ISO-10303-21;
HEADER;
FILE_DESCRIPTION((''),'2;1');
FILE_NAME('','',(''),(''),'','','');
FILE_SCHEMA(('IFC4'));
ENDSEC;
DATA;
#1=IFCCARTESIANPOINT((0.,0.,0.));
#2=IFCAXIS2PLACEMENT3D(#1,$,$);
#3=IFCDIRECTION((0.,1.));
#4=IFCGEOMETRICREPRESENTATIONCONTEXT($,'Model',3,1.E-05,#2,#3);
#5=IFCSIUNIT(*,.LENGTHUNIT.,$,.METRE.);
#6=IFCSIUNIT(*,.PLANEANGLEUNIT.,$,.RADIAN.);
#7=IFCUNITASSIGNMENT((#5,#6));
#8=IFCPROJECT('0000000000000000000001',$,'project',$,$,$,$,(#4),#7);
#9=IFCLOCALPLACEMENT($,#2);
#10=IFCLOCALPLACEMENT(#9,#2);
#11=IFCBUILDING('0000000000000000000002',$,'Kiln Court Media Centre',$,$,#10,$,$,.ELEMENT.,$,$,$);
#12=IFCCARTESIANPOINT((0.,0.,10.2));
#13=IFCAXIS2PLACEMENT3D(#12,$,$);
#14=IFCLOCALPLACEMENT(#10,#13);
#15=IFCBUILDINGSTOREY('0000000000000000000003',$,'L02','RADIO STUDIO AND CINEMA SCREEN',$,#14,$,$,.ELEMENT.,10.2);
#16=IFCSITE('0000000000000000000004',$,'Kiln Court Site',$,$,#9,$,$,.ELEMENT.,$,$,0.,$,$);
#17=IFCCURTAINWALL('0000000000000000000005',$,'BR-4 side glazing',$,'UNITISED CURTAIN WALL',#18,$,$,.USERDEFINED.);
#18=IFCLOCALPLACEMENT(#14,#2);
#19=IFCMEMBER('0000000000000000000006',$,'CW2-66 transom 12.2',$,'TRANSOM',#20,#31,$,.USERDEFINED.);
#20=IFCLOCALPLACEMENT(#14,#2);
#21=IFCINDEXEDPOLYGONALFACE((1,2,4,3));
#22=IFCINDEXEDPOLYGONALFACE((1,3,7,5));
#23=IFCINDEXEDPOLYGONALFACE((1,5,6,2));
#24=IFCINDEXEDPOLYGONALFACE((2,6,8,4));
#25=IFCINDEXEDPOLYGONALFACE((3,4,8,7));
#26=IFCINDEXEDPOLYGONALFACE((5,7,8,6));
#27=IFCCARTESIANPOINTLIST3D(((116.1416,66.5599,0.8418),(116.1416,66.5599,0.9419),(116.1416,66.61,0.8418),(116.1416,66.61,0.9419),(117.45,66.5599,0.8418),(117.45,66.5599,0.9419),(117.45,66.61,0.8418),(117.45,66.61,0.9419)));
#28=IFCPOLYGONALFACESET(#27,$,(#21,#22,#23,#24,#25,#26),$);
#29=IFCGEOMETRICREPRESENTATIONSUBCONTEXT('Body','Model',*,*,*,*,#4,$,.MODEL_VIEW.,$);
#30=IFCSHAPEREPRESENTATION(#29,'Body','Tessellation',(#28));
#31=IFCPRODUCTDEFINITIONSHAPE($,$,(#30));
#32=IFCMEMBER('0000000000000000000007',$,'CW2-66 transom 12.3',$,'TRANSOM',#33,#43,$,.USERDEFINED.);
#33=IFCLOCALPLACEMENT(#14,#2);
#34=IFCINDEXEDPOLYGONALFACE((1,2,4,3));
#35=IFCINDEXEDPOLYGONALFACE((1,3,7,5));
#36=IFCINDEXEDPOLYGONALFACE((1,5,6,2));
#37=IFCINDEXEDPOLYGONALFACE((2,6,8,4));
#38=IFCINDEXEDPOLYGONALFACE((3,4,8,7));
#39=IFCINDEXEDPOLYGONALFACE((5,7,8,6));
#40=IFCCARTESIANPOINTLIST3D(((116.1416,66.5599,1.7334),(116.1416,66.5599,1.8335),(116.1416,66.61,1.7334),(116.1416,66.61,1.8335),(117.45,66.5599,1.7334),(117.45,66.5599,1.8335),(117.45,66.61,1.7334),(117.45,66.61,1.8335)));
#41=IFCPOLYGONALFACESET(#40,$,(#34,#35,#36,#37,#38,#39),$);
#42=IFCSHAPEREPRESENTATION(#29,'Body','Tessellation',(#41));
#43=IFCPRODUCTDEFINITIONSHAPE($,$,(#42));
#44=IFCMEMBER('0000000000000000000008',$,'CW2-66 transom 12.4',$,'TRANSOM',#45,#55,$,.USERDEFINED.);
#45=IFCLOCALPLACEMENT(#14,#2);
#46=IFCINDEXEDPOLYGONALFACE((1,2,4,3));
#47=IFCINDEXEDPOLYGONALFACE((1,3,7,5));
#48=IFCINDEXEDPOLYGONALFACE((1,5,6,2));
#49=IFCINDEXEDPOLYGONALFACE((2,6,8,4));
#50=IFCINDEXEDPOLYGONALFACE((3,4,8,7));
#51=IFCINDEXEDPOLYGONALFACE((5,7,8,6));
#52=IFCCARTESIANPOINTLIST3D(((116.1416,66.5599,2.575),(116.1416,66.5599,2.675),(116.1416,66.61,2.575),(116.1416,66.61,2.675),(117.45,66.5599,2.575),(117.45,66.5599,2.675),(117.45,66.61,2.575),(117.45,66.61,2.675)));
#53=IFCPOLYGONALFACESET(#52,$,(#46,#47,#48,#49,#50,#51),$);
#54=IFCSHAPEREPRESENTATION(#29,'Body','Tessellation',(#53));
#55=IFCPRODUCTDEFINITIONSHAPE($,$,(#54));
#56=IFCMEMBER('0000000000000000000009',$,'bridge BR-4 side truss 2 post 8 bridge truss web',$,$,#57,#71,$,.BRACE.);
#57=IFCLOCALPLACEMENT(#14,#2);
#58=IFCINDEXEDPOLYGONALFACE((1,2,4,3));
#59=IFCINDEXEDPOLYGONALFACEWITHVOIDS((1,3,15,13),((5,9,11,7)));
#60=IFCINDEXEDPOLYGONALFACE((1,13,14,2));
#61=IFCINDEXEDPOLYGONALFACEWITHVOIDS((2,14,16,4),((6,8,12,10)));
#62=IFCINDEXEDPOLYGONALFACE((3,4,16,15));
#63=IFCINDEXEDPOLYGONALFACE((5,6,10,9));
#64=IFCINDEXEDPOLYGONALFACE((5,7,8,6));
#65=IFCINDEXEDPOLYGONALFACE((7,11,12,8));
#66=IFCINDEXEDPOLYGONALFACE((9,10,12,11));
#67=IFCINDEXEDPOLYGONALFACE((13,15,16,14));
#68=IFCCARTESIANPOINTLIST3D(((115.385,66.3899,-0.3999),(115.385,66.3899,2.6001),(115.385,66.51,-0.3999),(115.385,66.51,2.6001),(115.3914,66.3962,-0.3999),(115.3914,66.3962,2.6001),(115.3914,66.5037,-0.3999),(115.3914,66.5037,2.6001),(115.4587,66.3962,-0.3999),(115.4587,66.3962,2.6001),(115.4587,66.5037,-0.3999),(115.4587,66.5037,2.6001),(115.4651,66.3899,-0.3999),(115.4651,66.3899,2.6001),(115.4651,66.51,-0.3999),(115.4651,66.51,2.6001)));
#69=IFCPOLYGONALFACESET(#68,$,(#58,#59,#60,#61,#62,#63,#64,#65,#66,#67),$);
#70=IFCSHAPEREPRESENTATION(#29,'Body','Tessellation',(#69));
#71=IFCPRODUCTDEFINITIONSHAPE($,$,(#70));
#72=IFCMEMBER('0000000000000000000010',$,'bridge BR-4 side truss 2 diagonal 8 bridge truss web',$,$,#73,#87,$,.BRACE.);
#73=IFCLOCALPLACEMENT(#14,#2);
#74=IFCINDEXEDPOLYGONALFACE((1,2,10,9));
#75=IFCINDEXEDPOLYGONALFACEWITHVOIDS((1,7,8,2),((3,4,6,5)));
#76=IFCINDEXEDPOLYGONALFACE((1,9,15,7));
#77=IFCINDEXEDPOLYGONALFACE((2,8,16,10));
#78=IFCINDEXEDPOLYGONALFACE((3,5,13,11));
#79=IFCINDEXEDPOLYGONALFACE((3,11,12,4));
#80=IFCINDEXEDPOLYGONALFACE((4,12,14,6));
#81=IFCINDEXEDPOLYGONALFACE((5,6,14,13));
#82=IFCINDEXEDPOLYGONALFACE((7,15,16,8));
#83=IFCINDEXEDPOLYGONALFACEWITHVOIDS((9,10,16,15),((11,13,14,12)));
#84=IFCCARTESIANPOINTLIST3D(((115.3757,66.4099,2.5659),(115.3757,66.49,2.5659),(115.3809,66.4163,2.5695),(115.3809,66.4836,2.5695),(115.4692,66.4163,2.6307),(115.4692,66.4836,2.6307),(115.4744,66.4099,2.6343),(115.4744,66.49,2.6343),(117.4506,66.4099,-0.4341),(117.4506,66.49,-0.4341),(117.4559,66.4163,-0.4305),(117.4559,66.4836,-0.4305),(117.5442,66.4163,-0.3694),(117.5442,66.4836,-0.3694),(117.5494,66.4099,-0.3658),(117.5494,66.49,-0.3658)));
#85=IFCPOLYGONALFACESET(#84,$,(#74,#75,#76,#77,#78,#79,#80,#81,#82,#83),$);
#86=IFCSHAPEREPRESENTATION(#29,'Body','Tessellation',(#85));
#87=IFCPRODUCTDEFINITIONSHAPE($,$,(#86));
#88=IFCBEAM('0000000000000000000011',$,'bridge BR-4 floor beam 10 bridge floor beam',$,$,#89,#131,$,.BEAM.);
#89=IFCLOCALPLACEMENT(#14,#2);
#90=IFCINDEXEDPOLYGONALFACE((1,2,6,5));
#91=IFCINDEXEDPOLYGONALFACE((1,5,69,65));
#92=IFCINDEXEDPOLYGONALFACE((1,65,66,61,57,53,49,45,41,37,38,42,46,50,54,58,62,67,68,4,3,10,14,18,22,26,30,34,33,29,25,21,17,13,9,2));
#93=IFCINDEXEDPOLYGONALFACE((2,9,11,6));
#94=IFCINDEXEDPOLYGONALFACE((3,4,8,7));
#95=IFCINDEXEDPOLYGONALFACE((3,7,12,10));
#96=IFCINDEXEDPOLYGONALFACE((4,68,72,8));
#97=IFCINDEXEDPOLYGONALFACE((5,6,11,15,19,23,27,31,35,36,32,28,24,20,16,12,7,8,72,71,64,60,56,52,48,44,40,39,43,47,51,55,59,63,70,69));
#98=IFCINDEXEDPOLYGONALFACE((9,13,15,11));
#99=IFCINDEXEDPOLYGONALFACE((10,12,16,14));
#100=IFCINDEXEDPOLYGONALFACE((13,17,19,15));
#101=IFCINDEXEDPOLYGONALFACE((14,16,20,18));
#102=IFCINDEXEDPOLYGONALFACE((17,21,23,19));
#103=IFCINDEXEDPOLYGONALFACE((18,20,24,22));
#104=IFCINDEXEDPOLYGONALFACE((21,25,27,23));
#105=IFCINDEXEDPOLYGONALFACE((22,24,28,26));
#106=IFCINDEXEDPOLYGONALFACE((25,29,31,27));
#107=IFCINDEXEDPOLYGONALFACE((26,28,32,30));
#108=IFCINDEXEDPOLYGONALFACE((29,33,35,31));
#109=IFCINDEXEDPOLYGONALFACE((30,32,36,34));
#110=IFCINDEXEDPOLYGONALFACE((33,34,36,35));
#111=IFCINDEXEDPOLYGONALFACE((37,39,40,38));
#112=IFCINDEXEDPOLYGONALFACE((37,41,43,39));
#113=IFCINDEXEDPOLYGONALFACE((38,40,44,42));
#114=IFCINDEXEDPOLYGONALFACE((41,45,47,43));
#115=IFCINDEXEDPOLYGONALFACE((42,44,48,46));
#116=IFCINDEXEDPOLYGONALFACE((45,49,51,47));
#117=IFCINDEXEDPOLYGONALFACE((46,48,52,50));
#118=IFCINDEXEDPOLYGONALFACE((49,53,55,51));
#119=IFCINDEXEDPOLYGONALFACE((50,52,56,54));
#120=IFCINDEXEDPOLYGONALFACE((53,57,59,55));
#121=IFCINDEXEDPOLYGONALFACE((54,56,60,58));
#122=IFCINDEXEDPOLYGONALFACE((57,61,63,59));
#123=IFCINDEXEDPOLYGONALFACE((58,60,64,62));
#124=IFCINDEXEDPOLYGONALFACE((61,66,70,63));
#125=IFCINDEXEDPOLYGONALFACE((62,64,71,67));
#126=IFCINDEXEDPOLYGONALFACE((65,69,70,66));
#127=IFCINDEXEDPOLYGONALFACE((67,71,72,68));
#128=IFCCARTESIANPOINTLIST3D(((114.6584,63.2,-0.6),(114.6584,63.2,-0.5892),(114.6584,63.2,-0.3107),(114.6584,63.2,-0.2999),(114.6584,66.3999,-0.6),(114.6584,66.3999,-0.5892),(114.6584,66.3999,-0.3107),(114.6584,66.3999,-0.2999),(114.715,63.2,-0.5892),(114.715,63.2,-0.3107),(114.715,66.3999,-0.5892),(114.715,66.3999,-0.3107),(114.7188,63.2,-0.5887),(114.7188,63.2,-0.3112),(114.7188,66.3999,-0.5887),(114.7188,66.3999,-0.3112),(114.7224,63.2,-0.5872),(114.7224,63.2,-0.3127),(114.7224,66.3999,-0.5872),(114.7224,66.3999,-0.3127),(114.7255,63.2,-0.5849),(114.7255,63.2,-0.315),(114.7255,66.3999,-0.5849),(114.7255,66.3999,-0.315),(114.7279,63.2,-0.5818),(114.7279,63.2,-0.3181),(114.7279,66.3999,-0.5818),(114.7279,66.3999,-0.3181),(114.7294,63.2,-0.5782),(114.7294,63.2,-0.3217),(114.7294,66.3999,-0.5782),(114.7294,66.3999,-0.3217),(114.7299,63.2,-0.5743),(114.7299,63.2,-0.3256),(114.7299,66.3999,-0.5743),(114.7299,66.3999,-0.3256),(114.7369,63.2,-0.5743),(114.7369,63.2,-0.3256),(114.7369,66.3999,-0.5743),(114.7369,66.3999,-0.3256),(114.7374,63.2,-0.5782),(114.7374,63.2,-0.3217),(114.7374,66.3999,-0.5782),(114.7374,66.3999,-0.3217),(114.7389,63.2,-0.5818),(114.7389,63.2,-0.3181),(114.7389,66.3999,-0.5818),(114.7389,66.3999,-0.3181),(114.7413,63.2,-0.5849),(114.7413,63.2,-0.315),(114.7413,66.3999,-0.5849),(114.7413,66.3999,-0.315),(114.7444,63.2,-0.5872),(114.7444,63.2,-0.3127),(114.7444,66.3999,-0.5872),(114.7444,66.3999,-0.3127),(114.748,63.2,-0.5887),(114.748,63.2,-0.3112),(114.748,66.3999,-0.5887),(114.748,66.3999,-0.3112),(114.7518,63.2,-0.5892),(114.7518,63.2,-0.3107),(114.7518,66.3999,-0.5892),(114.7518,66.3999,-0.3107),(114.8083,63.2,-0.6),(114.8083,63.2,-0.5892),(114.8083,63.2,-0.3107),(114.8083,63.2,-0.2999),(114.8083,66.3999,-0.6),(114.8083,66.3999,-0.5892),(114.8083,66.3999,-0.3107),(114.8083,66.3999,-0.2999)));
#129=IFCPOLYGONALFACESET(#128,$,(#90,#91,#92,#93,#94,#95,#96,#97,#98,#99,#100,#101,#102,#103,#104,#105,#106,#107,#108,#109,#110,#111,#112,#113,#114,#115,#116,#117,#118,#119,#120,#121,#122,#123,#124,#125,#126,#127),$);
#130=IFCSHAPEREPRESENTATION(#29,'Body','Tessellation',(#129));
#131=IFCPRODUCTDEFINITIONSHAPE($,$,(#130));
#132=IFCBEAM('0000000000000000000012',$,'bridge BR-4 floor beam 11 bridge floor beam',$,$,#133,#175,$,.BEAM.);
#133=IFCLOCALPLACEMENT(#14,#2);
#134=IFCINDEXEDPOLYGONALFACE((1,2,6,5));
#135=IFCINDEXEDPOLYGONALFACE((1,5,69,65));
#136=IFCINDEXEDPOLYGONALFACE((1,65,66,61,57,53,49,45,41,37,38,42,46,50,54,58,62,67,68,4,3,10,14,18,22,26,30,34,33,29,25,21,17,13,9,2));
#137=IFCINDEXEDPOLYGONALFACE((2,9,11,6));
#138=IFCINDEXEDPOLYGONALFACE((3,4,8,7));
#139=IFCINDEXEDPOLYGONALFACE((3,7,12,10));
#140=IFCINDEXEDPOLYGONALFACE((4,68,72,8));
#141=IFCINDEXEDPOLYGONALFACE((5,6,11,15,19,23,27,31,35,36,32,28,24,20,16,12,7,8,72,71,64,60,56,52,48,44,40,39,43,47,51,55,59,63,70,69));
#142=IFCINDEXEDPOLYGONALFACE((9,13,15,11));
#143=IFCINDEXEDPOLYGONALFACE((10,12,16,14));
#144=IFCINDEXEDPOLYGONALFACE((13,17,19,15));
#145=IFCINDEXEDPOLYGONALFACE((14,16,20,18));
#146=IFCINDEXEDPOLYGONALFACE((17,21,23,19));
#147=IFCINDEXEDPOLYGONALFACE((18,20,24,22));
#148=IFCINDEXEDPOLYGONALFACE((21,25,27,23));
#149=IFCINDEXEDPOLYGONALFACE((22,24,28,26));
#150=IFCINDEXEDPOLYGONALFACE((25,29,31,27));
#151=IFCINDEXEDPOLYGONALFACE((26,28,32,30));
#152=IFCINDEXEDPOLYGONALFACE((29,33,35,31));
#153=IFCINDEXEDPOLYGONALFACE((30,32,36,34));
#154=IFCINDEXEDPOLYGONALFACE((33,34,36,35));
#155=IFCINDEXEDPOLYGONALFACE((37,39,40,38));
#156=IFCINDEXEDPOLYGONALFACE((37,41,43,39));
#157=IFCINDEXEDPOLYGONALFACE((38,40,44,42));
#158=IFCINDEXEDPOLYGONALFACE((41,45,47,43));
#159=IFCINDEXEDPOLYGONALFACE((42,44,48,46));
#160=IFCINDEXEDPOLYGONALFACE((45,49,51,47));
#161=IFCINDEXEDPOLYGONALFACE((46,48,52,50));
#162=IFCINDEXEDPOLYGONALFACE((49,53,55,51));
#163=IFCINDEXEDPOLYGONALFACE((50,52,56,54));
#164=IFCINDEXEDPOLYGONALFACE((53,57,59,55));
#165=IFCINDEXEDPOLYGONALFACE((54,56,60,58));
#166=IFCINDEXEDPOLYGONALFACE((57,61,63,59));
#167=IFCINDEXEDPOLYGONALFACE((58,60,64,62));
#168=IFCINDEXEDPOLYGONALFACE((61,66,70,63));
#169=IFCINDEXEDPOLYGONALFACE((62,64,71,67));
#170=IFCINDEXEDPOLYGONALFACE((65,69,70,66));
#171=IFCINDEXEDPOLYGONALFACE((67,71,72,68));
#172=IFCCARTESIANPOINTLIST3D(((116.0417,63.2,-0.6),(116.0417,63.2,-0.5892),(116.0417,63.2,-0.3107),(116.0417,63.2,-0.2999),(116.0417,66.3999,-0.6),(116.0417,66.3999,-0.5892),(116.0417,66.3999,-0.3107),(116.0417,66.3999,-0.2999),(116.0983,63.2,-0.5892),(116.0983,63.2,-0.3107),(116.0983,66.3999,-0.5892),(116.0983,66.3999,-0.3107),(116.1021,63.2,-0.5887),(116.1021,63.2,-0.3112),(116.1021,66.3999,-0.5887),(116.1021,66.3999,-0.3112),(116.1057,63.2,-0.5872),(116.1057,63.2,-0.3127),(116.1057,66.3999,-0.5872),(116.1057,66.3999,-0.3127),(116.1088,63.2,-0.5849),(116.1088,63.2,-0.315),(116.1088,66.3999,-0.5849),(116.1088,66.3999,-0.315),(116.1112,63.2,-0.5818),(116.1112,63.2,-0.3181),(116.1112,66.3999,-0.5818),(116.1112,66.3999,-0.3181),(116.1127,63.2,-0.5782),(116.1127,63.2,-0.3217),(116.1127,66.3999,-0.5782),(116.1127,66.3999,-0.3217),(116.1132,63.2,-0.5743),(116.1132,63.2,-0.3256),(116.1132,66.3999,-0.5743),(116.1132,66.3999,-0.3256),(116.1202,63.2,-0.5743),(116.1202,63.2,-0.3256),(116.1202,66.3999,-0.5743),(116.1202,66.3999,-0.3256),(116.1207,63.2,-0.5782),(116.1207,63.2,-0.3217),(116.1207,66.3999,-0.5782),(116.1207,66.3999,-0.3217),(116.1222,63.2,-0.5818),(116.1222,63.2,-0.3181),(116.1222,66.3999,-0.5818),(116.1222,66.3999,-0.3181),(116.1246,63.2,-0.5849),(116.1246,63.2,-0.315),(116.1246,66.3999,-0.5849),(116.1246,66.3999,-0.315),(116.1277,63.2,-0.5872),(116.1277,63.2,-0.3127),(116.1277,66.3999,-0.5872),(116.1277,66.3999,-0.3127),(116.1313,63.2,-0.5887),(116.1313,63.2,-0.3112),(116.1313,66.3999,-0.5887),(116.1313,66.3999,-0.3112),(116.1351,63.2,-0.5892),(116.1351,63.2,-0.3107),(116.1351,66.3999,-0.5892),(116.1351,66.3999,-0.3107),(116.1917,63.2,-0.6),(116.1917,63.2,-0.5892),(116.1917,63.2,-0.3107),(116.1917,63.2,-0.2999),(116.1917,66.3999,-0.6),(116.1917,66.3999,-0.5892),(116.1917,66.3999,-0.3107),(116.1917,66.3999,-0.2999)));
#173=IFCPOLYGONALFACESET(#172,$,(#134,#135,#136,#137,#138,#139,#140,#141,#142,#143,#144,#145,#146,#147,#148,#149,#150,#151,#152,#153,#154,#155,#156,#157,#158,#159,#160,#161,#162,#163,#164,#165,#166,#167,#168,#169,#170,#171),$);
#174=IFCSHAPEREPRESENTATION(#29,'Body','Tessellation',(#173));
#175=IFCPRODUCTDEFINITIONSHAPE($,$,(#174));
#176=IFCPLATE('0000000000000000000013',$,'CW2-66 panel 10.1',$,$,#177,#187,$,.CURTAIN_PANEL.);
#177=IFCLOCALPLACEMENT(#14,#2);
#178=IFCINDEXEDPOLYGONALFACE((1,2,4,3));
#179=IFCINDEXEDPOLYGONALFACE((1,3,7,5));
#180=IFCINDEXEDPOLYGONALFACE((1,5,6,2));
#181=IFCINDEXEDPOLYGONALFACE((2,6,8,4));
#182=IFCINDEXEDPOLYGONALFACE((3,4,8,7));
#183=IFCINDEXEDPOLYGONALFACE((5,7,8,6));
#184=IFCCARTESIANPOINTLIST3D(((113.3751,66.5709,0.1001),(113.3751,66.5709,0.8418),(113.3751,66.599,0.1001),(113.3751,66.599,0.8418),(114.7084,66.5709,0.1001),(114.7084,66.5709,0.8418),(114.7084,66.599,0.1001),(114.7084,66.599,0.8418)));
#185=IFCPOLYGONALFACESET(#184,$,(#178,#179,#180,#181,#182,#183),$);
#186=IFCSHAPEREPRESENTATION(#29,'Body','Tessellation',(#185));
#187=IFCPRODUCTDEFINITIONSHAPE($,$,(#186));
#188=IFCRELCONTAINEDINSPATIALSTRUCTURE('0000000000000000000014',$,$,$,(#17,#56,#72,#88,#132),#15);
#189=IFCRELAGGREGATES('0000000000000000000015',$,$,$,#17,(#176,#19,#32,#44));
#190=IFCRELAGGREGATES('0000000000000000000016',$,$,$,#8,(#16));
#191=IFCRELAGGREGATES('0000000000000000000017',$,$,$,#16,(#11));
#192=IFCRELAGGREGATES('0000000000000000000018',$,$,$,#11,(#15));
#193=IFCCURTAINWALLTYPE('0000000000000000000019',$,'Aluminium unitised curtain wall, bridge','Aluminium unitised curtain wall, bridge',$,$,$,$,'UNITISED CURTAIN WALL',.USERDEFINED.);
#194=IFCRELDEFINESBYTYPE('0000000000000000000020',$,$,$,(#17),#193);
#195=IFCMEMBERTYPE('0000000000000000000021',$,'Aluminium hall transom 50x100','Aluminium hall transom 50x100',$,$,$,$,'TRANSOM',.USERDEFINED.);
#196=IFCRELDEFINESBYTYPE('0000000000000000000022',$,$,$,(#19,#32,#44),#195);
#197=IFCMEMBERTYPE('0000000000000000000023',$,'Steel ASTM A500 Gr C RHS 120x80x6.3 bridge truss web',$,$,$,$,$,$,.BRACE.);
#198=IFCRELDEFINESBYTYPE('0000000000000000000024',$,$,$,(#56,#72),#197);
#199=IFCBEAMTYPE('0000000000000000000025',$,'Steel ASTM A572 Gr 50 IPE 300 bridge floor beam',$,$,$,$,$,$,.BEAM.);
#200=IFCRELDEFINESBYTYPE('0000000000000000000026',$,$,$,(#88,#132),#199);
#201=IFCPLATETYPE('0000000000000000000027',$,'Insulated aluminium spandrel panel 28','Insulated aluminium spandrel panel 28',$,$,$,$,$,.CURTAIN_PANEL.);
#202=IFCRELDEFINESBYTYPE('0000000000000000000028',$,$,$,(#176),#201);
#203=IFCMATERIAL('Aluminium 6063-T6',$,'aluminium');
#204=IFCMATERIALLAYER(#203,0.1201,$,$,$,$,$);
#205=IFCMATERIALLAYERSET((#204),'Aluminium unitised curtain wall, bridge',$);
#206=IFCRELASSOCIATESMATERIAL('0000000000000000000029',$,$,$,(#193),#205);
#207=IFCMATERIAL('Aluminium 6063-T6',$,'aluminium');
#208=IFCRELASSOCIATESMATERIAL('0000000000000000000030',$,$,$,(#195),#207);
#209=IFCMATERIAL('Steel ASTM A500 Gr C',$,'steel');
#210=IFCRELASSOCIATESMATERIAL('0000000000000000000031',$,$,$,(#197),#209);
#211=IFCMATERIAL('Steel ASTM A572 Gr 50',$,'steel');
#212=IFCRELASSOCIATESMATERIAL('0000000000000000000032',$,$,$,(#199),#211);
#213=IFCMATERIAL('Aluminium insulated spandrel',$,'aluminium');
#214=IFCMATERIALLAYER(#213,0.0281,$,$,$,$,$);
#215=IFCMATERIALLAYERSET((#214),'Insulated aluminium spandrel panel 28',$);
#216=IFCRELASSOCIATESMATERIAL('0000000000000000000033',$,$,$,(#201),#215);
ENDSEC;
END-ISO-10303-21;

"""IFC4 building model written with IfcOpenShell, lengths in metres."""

from ifc_helpers import new_model, si_unit, direction, frame, origin, origin_2d, place, context, subcontext, project, spatial, rectangle, hollow_rectangle, i_section, extrude, material, layer, layer_set, material_profile, profile_set, type_object, element, aggregate, save


model = new_model("IFC4")

# Units and contexts
model_context = context("Model", 3, precision=1e-05, world=origin(), true_north=direction((0.0, 1.0)))
body_context = subcontext(model_context, "Body", "Model", "MODEL_VIEW")
ifc_project = project(units=[si_unit("LENGTHUNIT", "METRE"), si_unit("PLANEANGLEUNIT", "RADIAN")], contexts=[model_context])

# Site, building, storey
site_placement = place(None, origin())
site = spatial("IfcSite", under=ifc_project, at=site_placement, Name="Kiln Court Site", CompositionType="ELEMENT", RefElevation=0.0)
building_placement = place(site_placement, origin())
building = spatial("IfcBuilding", under=site, at=building_placement, Name="Kiln Court Media Centre", CompositionType="ELEMENT")
storey_placement = place(building_placement, frame((0.0, 0.0, 10.2)))
storey = spatial("IfcBuildingStorey", under=building, at=storey_placement, Name="L02", Description="RADIO STUDIO AND CINEMA SCREEN", CompositionType="ELEMENT", Elevation=10.2)

# Curtain wall, members
ifc_material_1 = material(Name="Aluminium 6063-T6", Category="aluminium")
ifc_layer_1 = layer(ifc_material_1, 0.1201)
ifc_layer_set_1 = layer_set([ifc_layer_1], Name="Aluminium unitised curtain wall, bridge")
curtain_wall_type = type_object("IfcCurtainWallType", Name="Aluminium unitised curtain wall, bridge", Description="Aluminium unitised curtain wall, bridge", ElementType="UNITISED CURTAIN WALL", PredefinedType="USERDEFINED", material=ifc_layer_set_1)
curtain_wall_placement = place(storey_placement, origin())
curtain_wall = element("IfcCurtainWall", 1, at=curtain_wall_placement, inside=storey, type_object=curtain_wall_type, Name="BR-4 side glazing", ObjectType="UNITISED CURTAIN WALL", PredefinedType="USERDEFINED")
ifc_material_2 = material(Name="Aluminium 6063-T6", Category="aluminium")
ifc_material_profile_1 = material_profile(ifc_material_2, rectangle(XDim=0.05, YDim=0.1001, at=origin_2d()), Name="Aluminium hall transom 50x100")
ifc_profile_set_1 = profile_set([ifc_material_profile_1], Name="Aluminium 6063-T6")
member_type_1 = type_object("IfcMemberType", Name="Aluminium hall transom 50x100", Description="Aluminium hall transom 50x100", ElementType="TRANSOM", PredefinedType="USERDEFINED", material=ifc_profile_set_1)
member_1_placement = place(storey_placement, frame((116.1416, 66.585, 0.8918), z_axis=(1.0, 0.0, 0.0), x_axis=(0.0, 1.0, 0.0)))
member_1 = element("IfcMember", 2, at=member_1_placement, type_object=member_type_1, Name="CW2-66 transom 12.2", ObjectType="TRANSOM", PredefinedType="USERDEFINED", context=body_context, shape_type="SweptSolid", body=[
    extrude(rectangle(XDim=0.05, YDim=0.1001, at=origin_2d()), origin(), (0.0, 0.0, 1.0), 1.3083),
])
member_2_placement = place(storey_placement, frame((116.1416, 66.585, 1.7834), z_axis=(1.0, 0.0, 0.0), x_axis=(0.0, 1.0, 0.0)))
member_2 = element("IfcMember", 3, at=member_2_placement, type_object=member_type_1, Name="CW2-66 transom 12.3", ObjectType="TRANSOM", PredefinedType="USERDEFINED", context=body_context, shape_type="SweptSolid", body=[
    extrude(rectangle(XDim=0.05, YDim=0.1001, at=origin_2d()), origin(), (0.0, 0.0, 1.0), 1.3083),
])
member_3_placement = place(storey_placement, frame((116.1416, 66.585, 2.625), z_axis=(1.0, 0.0, 0.0), x_axis=(0.0, 1.0, 0.0)))
member_3 = element("IfcMember", 4, at=member_3_placement, type_object=member_type_1, Name="CW2-66 transom 12.4", ObjectType="TRANSOM", PredefinedType="USERDEFINED", context=body_context, shape_type="SweptSolid", body=[
    extrude(rectangle(XDim=0.05, YDim=0.1001, at=origin_2d()), origin(), (0.0, 0.0, 1.0), 1.3083),
])

# Members
ifc_material_3 = material(Name="Steel ASTM A500 Gr C", Category="steel")
ifc_material_profile_2 = material_profile(ifc_material_3, hollow_rectangle(XDim=0.0801, YDim=0.1201, WallThickness=0.0063, at=origin_2d()), Name="RHS 120x80x6.3")
ifc_profile_set_2 = profile_set([ifc_material_profile_2], Name="Steel ASTM A500 Gr C")
member_type_2 = type_object("IfcMemberType", Name="Steel ASTM A500 Gr C RHS 120x80x6.3 bridge truss web", PredefinedType="BRACE", material=ifc_profile_set_2)
member_4_placement = place(storey_placement, frame((115.425, 66.45, -0.3999), z_axis=(0.0, 0.0, 1.0), x_axis=(1.0, 0.0, 0.0)))
element("IfcMember", 5, at=member_4_placement, inside=storey, type_object=member_type_2, Name="bridge BR-4 side truss 2 post 8 bridge truss web", PredefinedType="BRACE", context=body_context, shape_type="SweptSolid", body=[
    extrude(hollow_rectangle(XDim=0.0801, YDim=0.1201, WallThickness=0.0063, at=origin_2d()), origin(), (0.0, 0.0, 1.0), 3.0),
])
member_5_placement = place(storey_placement, frame((115.425, 66.45, 2.6001), z_axis=(0.568844, 0.0, -0.822445), x_axis=(0.0, 1.0, 0.0)))
element("IfcMember", 6, at=member_5_placement, inside=storey, type_object=member_type_2, Name="bridge BR-4 side truss 2 diagonal 8 bridge truss web", PredefinedType="BRACE", context=body_context, shape_type="SweptSolid", body=[
    extrude(hollow_rectangle(XDim=0.0801, YDim=0.1201, WallThickness=0.0063, at=origin_2d()), origin(), (0.0, 0.0, 1.0), 3.6477),
])

# Beams
ifc_material_4 = material(Name="Steel ASTM A572 Gr 50", Category="steel")
ifc_material_profile_3 = material_profile(ifc_material_4, i_section(OverallWidth=0.1499, OverallDepth=0.3, WebThickness=0.0071, FlangeThickness=0.0107, FilletRadius=0.0149, at=origin_2d()), Name="IPE 300")
ifc_profile_set_3 = profile_set([ifc_material_profile_3], Name="Steel ASTM A572 Gr 50")
beam_type = type_object("IfcBeamType", Name="Steel ASTM A572 Gr 50 IPE 300 bridge floor beam", PredefinedType="BEAM", material=ifc_profile_set_3)
for number, where, z_axis, x_axis, name in (
    (7, (114.7334, 63.2, -0.45), (0.0, 1.0, 0.0), (-1.0, 0.0, 0.0), "bridge BR-4 floor beam 10 bridge floor beam"),
    (8, (116.1167, 63.2, -0.45), (0.0, 1.0, 0.0), (-1.0, 0.0, 0.0), "bridge BR-4 floor beam 11 bridge floor beam"),
):
    element("IfcBeam", number, at=place(storey_placement, frame(where, z_axis=z_axis, x_axis=x_axis)), inside=storey, type_object=beam_type, Name=name, PredefinedType="BEAM", context=body_context, shape_type="SweptSolid", body=[
        extrude(i_section(OverallWidth=0.1499, OverallDepth=0.3, WebThickness=0.0071, FlangeThickness=0.0107, FilletRadius=0.0149, at=origin_2d()), origin(), (0.0, 0.0, 1.0), 3.2),
    ])

# Plate
ifc_material_5 = material(Name="Aluminium insulated spandrel", Category="aluminium")
ifc_layer_2 = layer(ifc_material_5, 0.0281)
ifc_layer_set_2 = layer_set([ifc_layer_2], Name="Insulated aluminium spandrel panel 28")
plate_type_1 = type_object("IfcPlateType", Name="Insulated aluminium spandrel panel 28", Description="Insulated aluminium spandrel panel 28", PredefinedType="CURTAIN_PANEL", material=ifc_layer_set_2)
plate_1_placement = place(storey_placement, frame((114.0417, 66.585, 0.1001), z_axis=(0.0, 0.0, 1.0), x_axis=(1.0, 0.0, 0.0)))
plate_1 = element("IfcPlate", 9, at=plate_1_placement, type_object=plate_type_1, Name="CW2-66 panel 10.1", PredefinedType="CURTAIN_PANEL", context=body_context, shape_type="SweptSolid", body=[
    extrude(rectangle(XDim=1.3333, YDim=0.0281, at=origin_2d()), origin(), (0.0, 0.0, 1.0), 0.7417),
])
aggregate(curtain_wall, [plate_1, member_1, member_2, member_3])

save(model, "model.ifc")
